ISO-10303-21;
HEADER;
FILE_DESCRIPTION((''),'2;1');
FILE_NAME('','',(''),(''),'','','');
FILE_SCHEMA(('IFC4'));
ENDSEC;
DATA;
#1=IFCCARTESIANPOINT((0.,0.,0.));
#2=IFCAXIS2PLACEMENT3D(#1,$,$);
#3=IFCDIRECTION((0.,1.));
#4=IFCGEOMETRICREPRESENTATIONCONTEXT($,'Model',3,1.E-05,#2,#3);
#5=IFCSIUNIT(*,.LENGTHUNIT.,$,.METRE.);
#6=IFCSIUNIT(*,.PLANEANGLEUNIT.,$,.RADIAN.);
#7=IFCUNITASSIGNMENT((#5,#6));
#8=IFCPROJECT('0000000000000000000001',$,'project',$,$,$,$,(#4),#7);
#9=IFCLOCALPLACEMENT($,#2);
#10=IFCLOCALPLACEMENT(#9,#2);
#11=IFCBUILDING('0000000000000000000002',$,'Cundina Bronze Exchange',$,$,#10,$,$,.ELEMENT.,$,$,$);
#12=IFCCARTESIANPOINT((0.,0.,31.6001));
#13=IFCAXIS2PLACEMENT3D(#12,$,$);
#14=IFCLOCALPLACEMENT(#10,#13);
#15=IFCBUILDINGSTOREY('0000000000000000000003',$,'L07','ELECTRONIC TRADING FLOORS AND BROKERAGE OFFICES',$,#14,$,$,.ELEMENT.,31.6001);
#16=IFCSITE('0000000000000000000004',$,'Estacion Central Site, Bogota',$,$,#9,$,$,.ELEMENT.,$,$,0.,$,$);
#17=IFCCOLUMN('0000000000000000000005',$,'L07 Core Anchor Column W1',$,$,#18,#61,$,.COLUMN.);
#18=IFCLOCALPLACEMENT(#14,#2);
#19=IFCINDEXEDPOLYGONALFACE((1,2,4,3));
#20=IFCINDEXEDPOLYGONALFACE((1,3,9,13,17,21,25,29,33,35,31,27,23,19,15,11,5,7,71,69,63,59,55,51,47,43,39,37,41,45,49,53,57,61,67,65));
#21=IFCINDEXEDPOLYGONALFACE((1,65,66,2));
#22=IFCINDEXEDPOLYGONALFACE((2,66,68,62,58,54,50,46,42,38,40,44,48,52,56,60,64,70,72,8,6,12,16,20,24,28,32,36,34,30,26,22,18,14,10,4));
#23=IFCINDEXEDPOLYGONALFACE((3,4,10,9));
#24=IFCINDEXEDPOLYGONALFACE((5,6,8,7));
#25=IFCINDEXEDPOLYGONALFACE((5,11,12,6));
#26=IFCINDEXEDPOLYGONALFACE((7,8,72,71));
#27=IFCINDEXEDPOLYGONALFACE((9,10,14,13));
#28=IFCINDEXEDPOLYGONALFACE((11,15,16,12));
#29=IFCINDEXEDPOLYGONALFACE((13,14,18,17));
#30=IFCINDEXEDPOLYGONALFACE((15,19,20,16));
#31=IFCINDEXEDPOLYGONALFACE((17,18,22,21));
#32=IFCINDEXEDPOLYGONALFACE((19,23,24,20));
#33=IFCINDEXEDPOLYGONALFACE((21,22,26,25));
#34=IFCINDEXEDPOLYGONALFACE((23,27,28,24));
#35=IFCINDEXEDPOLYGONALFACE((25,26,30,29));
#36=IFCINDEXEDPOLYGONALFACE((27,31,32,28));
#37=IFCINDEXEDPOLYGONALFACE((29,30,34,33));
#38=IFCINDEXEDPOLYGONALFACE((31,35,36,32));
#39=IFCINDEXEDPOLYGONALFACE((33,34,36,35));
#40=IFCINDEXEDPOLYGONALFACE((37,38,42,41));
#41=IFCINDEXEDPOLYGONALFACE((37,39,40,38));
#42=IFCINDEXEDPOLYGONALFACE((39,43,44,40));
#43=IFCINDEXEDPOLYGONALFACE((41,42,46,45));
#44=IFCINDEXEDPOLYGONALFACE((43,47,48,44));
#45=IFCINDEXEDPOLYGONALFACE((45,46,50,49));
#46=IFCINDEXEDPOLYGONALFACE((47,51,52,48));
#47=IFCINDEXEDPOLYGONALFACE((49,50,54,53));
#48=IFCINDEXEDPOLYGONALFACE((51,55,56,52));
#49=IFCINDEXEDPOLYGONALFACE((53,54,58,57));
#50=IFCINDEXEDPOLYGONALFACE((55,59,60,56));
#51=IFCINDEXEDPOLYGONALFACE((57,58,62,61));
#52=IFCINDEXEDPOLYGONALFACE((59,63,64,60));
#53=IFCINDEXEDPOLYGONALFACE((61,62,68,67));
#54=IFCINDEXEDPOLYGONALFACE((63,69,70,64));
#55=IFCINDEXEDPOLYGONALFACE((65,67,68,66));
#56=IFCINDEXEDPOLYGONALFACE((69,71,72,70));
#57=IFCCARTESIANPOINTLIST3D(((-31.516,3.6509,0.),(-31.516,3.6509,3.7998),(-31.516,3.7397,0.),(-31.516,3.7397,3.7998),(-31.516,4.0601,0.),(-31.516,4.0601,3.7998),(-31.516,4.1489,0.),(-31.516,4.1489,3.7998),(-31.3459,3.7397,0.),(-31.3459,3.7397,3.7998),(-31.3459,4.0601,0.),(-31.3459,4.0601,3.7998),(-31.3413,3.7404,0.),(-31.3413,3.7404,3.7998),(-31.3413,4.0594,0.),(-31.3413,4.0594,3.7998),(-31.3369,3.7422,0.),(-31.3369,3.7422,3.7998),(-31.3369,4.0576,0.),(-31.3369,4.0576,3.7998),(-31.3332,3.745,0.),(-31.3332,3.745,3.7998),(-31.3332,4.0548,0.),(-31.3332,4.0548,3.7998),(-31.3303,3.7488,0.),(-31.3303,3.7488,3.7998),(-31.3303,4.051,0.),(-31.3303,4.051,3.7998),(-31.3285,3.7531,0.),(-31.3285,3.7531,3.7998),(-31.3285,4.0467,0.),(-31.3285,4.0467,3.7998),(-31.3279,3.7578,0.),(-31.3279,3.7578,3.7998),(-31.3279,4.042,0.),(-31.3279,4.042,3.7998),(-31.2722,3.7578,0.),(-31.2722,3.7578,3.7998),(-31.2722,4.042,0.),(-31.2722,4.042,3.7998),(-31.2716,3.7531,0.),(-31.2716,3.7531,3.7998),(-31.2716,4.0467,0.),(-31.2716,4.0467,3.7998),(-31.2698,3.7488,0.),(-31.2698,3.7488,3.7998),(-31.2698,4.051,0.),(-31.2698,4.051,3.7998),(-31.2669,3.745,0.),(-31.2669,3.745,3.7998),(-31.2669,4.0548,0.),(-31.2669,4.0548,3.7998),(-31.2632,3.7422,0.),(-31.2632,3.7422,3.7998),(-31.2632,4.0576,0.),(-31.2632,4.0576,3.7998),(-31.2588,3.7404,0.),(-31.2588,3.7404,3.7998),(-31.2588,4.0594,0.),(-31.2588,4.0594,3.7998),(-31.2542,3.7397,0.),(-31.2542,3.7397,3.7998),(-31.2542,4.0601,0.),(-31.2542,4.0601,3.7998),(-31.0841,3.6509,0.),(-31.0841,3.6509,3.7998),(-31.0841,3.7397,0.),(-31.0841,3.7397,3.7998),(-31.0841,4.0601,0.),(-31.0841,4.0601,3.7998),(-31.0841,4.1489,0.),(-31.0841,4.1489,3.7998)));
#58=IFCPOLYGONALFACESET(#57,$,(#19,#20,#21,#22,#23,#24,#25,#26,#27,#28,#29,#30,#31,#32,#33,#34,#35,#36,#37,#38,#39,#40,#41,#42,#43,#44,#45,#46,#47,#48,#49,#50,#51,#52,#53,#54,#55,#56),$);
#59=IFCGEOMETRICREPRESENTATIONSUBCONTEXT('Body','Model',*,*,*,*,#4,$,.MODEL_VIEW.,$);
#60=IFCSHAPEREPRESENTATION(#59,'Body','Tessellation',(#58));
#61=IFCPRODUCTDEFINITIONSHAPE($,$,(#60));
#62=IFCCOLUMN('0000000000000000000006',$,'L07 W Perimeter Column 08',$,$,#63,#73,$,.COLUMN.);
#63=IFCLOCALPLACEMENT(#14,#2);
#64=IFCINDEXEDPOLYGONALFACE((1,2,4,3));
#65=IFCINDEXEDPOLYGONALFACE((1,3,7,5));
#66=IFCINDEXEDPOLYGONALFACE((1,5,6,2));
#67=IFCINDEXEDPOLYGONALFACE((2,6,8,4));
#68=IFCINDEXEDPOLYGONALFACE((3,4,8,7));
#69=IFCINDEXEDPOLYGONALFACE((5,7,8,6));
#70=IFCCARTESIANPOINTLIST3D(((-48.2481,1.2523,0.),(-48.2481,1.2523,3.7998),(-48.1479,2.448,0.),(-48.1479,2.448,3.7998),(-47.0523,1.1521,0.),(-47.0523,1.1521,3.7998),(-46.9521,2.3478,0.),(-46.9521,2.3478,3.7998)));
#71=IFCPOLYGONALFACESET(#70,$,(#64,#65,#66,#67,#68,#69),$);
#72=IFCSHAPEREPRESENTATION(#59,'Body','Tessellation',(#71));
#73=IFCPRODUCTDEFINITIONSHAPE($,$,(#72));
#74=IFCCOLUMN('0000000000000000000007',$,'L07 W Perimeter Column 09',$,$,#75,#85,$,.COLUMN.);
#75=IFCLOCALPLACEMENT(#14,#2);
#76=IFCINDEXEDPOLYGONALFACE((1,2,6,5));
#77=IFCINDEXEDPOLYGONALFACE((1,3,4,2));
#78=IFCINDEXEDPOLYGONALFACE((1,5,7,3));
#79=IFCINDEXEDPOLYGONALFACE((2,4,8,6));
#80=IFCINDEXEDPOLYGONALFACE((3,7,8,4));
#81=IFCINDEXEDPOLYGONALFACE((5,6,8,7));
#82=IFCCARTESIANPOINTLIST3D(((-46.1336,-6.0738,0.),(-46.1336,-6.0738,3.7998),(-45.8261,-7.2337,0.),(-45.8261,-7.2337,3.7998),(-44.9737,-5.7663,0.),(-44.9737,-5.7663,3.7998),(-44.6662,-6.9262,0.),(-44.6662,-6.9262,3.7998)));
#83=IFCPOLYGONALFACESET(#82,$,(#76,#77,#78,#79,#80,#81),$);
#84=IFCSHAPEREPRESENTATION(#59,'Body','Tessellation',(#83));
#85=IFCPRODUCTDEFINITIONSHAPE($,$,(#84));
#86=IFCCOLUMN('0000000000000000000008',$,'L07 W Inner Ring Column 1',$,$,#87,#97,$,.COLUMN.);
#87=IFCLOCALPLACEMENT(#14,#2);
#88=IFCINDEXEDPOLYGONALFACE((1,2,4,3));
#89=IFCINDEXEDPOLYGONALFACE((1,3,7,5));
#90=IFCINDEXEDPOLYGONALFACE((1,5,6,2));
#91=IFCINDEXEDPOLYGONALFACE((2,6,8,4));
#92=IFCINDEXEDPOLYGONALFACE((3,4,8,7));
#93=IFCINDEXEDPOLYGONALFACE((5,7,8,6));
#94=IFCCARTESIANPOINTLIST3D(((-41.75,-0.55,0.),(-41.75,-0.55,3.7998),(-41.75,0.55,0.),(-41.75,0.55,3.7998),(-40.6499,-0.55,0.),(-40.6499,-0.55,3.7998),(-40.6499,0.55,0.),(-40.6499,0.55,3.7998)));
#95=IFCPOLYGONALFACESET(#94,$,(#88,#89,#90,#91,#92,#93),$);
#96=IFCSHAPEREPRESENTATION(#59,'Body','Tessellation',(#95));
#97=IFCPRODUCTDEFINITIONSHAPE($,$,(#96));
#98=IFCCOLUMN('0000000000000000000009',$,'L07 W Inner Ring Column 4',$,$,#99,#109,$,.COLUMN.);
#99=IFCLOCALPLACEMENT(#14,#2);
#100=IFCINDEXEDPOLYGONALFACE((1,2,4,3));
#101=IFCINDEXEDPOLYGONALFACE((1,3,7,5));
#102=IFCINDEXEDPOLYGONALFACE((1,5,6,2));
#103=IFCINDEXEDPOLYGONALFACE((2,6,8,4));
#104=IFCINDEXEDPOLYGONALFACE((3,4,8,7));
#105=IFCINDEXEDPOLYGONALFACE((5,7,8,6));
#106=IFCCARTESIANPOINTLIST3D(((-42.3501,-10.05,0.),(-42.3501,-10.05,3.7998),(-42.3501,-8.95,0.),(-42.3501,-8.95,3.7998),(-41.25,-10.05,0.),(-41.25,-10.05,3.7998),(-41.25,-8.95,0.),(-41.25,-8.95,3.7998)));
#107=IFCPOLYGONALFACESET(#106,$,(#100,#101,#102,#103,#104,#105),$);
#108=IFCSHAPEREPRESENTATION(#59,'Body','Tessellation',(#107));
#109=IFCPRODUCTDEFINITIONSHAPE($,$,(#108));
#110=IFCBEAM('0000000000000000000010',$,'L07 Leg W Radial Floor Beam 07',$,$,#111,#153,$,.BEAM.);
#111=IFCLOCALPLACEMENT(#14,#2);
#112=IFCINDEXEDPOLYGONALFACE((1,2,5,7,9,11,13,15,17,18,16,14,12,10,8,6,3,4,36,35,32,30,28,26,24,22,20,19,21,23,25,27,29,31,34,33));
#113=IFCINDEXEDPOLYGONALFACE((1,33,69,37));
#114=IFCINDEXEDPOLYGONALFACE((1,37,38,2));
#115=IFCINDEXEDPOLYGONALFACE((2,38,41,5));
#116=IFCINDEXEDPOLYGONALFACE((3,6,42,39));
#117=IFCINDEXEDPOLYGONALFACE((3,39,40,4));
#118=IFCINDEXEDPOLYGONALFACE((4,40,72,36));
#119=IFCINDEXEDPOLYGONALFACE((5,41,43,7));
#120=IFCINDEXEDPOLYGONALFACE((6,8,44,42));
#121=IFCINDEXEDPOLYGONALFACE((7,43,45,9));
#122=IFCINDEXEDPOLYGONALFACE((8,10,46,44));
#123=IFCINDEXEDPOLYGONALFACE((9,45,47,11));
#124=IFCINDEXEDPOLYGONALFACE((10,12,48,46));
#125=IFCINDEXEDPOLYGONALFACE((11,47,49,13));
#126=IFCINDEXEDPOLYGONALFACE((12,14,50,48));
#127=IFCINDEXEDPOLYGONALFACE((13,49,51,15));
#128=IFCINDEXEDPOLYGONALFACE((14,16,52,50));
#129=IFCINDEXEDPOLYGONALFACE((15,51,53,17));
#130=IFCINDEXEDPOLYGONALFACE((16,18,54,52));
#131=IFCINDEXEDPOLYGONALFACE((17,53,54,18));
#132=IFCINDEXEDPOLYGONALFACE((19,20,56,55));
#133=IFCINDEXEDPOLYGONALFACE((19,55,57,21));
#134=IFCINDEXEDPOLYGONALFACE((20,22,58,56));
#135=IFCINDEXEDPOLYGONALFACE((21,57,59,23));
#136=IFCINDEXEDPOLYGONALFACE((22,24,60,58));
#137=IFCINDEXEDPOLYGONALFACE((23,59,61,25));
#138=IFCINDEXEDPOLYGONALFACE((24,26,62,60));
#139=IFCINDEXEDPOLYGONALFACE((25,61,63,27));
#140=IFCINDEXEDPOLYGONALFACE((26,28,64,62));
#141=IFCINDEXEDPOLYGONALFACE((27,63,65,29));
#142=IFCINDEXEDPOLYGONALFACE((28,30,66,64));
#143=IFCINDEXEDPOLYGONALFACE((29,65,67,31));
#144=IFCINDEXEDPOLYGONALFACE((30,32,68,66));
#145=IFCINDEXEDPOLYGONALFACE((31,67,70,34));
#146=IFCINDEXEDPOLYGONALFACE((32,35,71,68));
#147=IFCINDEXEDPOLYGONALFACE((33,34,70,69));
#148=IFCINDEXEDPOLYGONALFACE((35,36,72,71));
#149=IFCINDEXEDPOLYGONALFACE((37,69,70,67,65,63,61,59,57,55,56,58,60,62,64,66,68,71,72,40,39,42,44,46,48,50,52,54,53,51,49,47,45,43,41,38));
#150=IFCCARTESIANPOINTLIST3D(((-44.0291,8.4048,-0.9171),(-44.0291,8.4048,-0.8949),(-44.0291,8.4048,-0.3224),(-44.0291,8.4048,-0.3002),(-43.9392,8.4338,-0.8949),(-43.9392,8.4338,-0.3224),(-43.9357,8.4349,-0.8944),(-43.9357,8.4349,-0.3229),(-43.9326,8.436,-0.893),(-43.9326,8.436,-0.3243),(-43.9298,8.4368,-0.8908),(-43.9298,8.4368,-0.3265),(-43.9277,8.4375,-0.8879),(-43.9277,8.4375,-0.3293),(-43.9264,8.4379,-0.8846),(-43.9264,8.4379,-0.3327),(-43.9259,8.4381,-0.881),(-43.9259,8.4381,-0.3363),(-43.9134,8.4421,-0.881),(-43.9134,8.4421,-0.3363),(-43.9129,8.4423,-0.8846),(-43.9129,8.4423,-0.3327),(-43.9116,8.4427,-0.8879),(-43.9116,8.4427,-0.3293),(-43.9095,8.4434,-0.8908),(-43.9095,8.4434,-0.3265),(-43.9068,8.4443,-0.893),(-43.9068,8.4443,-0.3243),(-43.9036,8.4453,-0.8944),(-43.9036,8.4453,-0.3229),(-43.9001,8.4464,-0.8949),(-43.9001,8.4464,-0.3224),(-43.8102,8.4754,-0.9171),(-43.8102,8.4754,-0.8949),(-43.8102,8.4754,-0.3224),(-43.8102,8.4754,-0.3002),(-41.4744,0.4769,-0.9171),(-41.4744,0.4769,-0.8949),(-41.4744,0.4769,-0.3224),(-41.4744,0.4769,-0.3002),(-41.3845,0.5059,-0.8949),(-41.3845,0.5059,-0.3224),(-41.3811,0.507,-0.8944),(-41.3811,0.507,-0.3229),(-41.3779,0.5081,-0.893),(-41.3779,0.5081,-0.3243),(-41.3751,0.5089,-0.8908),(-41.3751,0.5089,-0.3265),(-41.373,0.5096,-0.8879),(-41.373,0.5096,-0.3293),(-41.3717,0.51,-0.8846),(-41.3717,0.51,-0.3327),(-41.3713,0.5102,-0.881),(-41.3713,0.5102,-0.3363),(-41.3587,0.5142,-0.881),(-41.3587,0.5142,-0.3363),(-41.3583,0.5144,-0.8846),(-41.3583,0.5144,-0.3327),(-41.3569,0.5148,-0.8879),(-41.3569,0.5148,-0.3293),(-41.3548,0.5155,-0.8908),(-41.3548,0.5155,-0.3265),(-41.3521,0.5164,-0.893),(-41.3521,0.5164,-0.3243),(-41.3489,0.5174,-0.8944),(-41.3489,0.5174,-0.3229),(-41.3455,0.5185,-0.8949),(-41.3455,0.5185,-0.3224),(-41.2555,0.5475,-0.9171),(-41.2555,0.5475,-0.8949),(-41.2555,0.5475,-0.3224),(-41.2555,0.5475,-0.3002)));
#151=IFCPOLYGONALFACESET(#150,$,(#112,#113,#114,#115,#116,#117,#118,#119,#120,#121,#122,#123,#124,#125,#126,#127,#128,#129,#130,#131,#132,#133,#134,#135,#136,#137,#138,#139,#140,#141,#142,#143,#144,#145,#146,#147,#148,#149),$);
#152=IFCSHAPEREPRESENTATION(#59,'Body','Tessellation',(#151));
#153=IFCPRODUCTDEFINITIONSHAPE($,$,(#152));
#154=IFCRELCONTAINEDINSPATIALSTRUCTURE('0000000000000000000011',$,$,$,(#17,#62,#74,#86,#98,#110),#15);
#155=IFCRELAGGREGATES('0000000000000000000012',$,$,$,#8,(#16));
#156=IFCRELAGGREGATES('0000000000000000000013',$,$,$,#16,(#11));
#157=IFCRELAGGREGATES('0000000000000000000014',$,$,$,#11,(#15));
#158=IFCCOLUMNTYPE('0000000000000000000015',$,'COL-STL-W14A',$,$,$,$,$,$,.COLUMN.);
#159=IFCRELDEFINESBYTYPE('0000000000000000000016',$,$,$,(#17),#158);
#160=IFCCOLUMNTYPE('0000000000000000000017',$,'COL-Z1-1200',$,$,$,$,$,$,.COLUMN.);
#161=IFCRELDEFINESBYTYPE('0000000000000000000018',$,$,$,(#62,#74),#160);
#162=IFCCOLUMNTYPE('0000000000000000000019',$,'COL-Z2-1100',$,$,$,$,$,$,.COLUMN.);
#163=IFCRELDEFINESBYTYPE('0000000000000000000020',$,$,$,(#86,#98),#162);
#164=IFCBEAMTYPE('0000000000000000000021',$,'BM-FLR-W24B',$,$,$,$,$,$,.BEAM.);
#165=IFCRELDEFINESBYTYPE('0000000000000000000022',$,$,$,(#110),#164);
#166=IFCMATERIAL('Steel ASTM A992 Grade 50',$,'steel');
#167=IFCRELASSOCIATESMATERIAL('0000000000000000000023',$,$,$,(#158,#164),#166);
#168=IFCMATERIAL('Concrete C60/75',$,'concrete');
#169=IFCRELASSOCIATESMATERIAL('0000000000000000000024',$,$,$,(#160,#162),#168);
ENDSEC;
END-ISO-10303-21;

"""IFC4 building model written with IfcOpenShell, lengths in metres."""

from ifc_helpers import new_model, si_unit, direction, frame, origin, origin_2d, place, context, subcontext, project, spatial, rectangle, i_section, extrude, material, material_profile, profile_set, type_object, element, save


model = new_model("IFC4")

# Units and contexts
model_context = context("Model", 3, precision=1e-05, world=origin(), true_north=direction((0.0, 1.0)))
body_context = subcontext(model_context, "Body", "Model", "MODEL_VIEW")
ifc_project = project(units=[si_unit("LENGTHUNIT", "METRE"), si_unit("PLANEANGLEUNIT", "RADIAN")], contexts=[model_context])

# Site, building, storey
site_placement = place(None, origin())
site = spatial("IfcSite", under=ifc_project, at=site_placement, Name="Estacion Central Site, Bogota", CompositionType="ELEMENT", RefElevation=0.0)
building_placement = place(site_placement, origin())
building = spatial("IfcBuilding", under=site, at=building_placement, Name="Cundina Bronze Exchange", CompositionType="ELEMENT")
storey_placement = place(building_placement, frame((0.0, 0.0, 31.6001)))
storey = spatial("IfcBuildingStorey", under=building, at=storey_placement, Name="L07", Description="ELECTRONIC TRADING FLOORS AND BROKERAGE OFFICES", CompositionType="ELEMENT", Elevation=31.6001)

# Columns
ifc_material_1 = material(Name="Steel ASTM A992 Grade 50", Category="steel")
ifc_material_profile_1 = material_profile(ifc_material_1, i_section(OverallWidth=0.4319, OverallDepth=0.498, WebThickness=0.0557, FlangeThickness=0.0889, FilletRadius=0.0181, at=origin_2d()), Name="W14X500", Category="steel")
ifc_profile_set_1 = profile_set([ifc_material_profile_1], Name="Steel ASTM A992 Grade 50")
column_type_1 = type_object("IfcColumnType", Name="COL-STL-W14A", PredefinedType="COLUMN", material=ifc_profile_set_1)
column_placement = place(storey_placement, frame((-31.3, 3.8999, 0.0), z_axis=(0.0, 0.0, 1.0), x_axis=(1.0, 0.0, 0.0)))
element("IfcColumn", 1, at=column_placement, inside=storey, type_object=column_type_1, Name="L07 Core Anchor Column W1", PredefinedType="COLUMN", context=body_context, shape_type="SweptSolid", body=[
    extrude(i_section(OverallWidth=0.4319, OverallDepth=0.498, WebThickness=0.0557, FlangeThickness=0.0889, FilletRadius=0.0181, at=origin_2d()), origin(), (0.0, 0.0, 1.0), 3.7998),
])
ifc_material_2 = material(Name="Concrete C60/75", Category="concrete")
ifc_material_profile_2 = material_profile(ifc_material_2, rectangle(XDim=1.2, YDim=1.2, at=origin_2d()), Name="RC1200X1200", Category="concrete")
ifc_profile_set_2 = profile_set([ifc_material_profile_2], Name="Concrete C60/75")
column_type_2 = type_object("IfcColumnType", Name="COL-Z1-1200", PredefinedType="COLUMN", material=ifc_profile_set_2)
for number, where, z_axis, x_axis, name in (
    (2, (-47.6001, 1.8, 0.0), (0.0, 0.0, 1.0), (-0.083504, -0.996507, 0.0), "L07 W Perimeter Column 08"),
    (3, (-45.3999, -6.5, 0.0), (0.0, 0.0, 1.0), (0.256289, -0.9666, 0.0), "L07 W Perimeter Column 09"),
):
    element("IfcColumn", number, at=place(storey_placement, frame(where, z_axis=z_axis, x_axis=x_axis)), inside=storey, type_object=column_type_2, Name=name, PredefinedType="COLUMN", context=body_context, shape_type="SweptSolid", body=[
        extrude(rectangle(XDim=1.2, YDim=1.2, at=origin_2d()), origin(), (0.0, 0.0, 1.0), 3.7998),
    ])
ifc_material_profile_3 = material_profile(ifc_material_2, rectangle(XDim=1.1001, YDim=1.1001, at=origin_2d()), Name="RC1100X1100", Category="concrete")
ifc_profile_set_3 = profile_set([ifc_material_profile_3], Name="Concrete C60/75")
column_type_3 = type_object("IfcColumnType", Name="COL-Z2-1100", PredefinedType="COLUMN", material=ifc_profile_set_3)
for number, where, z_axis, x_axis, name in (
    (4, (-41.2, 0.0, 0.0), (0.0, 0.0, 1.0), (1.0, 0.0, 0.0), "L07 W Inner Ring Column 1"),
    (5, (-41.8, -9.5, 0.0), (0.0, 0.0, 1.0), (1.0, 0.0, 0.0), "L07 W Inner Ring Column 4"),
):
    element("IfcColumn", number, at=place(storey_placement, frame(where, z_axis=z_axis, x_axis=x_axis)), inside=storey, type_object=column_type_3, Name=name, PredefinedType="COLUMN", context=body_context, shape_type="SweptSolid", body=[
        extrude(rectangle(XDim=1.1001, YDim=1.1001, at=origin_2d()), origin(), (0.0, 0.0, 1.0), 3.7998),
    ])

# Beam
ifc_material_profile_4 = material_profile(ifc_material_1, i_section(OverallWidth=0.23, OverallDepth=0.6169, WebThickness=0.0132, FlangeThickness=0.0222, FilletRadius=0.0139, at=origin_2d()), Name="W24X94", Category="steel")
ifc_profile_set_4 = profile_set([ifc_material_profile_4], Name="Steel ASTM A992 Grade 50")
beam_type_1 = type_object("IfcBeamType", Name="BM-FLR-W24B", PredefinedType="BEAM", material=ifc_profile_set_4)
beam_1_placement = place(storey_placement, frame((-41.365, 0.5122, -0.6086), z_axis=(-0.306706, 0.951804, 0.0), x_axis=(-0.951804, -0.306706, 0.0)))
element("IfcBeam", 6, at=beam_1_placement, inside=storey, type_object=beam_type_1, Name="L07 Leg W Radial Floor Beam 07", PredefinedType="BEAM", context=body_context, shape_type="SweptSolid", body=[
    extrude(i_section(OverallWidth=0.23, OverallDepth=0.6169, WebThickness=0.0132, FlangeThickness=0.0222, FilletRadius=0.0139, at=origin_2d()), origin(), (0.0, 0.0, 1.0), 8.3293),
])

save(model, "model.ifc")
